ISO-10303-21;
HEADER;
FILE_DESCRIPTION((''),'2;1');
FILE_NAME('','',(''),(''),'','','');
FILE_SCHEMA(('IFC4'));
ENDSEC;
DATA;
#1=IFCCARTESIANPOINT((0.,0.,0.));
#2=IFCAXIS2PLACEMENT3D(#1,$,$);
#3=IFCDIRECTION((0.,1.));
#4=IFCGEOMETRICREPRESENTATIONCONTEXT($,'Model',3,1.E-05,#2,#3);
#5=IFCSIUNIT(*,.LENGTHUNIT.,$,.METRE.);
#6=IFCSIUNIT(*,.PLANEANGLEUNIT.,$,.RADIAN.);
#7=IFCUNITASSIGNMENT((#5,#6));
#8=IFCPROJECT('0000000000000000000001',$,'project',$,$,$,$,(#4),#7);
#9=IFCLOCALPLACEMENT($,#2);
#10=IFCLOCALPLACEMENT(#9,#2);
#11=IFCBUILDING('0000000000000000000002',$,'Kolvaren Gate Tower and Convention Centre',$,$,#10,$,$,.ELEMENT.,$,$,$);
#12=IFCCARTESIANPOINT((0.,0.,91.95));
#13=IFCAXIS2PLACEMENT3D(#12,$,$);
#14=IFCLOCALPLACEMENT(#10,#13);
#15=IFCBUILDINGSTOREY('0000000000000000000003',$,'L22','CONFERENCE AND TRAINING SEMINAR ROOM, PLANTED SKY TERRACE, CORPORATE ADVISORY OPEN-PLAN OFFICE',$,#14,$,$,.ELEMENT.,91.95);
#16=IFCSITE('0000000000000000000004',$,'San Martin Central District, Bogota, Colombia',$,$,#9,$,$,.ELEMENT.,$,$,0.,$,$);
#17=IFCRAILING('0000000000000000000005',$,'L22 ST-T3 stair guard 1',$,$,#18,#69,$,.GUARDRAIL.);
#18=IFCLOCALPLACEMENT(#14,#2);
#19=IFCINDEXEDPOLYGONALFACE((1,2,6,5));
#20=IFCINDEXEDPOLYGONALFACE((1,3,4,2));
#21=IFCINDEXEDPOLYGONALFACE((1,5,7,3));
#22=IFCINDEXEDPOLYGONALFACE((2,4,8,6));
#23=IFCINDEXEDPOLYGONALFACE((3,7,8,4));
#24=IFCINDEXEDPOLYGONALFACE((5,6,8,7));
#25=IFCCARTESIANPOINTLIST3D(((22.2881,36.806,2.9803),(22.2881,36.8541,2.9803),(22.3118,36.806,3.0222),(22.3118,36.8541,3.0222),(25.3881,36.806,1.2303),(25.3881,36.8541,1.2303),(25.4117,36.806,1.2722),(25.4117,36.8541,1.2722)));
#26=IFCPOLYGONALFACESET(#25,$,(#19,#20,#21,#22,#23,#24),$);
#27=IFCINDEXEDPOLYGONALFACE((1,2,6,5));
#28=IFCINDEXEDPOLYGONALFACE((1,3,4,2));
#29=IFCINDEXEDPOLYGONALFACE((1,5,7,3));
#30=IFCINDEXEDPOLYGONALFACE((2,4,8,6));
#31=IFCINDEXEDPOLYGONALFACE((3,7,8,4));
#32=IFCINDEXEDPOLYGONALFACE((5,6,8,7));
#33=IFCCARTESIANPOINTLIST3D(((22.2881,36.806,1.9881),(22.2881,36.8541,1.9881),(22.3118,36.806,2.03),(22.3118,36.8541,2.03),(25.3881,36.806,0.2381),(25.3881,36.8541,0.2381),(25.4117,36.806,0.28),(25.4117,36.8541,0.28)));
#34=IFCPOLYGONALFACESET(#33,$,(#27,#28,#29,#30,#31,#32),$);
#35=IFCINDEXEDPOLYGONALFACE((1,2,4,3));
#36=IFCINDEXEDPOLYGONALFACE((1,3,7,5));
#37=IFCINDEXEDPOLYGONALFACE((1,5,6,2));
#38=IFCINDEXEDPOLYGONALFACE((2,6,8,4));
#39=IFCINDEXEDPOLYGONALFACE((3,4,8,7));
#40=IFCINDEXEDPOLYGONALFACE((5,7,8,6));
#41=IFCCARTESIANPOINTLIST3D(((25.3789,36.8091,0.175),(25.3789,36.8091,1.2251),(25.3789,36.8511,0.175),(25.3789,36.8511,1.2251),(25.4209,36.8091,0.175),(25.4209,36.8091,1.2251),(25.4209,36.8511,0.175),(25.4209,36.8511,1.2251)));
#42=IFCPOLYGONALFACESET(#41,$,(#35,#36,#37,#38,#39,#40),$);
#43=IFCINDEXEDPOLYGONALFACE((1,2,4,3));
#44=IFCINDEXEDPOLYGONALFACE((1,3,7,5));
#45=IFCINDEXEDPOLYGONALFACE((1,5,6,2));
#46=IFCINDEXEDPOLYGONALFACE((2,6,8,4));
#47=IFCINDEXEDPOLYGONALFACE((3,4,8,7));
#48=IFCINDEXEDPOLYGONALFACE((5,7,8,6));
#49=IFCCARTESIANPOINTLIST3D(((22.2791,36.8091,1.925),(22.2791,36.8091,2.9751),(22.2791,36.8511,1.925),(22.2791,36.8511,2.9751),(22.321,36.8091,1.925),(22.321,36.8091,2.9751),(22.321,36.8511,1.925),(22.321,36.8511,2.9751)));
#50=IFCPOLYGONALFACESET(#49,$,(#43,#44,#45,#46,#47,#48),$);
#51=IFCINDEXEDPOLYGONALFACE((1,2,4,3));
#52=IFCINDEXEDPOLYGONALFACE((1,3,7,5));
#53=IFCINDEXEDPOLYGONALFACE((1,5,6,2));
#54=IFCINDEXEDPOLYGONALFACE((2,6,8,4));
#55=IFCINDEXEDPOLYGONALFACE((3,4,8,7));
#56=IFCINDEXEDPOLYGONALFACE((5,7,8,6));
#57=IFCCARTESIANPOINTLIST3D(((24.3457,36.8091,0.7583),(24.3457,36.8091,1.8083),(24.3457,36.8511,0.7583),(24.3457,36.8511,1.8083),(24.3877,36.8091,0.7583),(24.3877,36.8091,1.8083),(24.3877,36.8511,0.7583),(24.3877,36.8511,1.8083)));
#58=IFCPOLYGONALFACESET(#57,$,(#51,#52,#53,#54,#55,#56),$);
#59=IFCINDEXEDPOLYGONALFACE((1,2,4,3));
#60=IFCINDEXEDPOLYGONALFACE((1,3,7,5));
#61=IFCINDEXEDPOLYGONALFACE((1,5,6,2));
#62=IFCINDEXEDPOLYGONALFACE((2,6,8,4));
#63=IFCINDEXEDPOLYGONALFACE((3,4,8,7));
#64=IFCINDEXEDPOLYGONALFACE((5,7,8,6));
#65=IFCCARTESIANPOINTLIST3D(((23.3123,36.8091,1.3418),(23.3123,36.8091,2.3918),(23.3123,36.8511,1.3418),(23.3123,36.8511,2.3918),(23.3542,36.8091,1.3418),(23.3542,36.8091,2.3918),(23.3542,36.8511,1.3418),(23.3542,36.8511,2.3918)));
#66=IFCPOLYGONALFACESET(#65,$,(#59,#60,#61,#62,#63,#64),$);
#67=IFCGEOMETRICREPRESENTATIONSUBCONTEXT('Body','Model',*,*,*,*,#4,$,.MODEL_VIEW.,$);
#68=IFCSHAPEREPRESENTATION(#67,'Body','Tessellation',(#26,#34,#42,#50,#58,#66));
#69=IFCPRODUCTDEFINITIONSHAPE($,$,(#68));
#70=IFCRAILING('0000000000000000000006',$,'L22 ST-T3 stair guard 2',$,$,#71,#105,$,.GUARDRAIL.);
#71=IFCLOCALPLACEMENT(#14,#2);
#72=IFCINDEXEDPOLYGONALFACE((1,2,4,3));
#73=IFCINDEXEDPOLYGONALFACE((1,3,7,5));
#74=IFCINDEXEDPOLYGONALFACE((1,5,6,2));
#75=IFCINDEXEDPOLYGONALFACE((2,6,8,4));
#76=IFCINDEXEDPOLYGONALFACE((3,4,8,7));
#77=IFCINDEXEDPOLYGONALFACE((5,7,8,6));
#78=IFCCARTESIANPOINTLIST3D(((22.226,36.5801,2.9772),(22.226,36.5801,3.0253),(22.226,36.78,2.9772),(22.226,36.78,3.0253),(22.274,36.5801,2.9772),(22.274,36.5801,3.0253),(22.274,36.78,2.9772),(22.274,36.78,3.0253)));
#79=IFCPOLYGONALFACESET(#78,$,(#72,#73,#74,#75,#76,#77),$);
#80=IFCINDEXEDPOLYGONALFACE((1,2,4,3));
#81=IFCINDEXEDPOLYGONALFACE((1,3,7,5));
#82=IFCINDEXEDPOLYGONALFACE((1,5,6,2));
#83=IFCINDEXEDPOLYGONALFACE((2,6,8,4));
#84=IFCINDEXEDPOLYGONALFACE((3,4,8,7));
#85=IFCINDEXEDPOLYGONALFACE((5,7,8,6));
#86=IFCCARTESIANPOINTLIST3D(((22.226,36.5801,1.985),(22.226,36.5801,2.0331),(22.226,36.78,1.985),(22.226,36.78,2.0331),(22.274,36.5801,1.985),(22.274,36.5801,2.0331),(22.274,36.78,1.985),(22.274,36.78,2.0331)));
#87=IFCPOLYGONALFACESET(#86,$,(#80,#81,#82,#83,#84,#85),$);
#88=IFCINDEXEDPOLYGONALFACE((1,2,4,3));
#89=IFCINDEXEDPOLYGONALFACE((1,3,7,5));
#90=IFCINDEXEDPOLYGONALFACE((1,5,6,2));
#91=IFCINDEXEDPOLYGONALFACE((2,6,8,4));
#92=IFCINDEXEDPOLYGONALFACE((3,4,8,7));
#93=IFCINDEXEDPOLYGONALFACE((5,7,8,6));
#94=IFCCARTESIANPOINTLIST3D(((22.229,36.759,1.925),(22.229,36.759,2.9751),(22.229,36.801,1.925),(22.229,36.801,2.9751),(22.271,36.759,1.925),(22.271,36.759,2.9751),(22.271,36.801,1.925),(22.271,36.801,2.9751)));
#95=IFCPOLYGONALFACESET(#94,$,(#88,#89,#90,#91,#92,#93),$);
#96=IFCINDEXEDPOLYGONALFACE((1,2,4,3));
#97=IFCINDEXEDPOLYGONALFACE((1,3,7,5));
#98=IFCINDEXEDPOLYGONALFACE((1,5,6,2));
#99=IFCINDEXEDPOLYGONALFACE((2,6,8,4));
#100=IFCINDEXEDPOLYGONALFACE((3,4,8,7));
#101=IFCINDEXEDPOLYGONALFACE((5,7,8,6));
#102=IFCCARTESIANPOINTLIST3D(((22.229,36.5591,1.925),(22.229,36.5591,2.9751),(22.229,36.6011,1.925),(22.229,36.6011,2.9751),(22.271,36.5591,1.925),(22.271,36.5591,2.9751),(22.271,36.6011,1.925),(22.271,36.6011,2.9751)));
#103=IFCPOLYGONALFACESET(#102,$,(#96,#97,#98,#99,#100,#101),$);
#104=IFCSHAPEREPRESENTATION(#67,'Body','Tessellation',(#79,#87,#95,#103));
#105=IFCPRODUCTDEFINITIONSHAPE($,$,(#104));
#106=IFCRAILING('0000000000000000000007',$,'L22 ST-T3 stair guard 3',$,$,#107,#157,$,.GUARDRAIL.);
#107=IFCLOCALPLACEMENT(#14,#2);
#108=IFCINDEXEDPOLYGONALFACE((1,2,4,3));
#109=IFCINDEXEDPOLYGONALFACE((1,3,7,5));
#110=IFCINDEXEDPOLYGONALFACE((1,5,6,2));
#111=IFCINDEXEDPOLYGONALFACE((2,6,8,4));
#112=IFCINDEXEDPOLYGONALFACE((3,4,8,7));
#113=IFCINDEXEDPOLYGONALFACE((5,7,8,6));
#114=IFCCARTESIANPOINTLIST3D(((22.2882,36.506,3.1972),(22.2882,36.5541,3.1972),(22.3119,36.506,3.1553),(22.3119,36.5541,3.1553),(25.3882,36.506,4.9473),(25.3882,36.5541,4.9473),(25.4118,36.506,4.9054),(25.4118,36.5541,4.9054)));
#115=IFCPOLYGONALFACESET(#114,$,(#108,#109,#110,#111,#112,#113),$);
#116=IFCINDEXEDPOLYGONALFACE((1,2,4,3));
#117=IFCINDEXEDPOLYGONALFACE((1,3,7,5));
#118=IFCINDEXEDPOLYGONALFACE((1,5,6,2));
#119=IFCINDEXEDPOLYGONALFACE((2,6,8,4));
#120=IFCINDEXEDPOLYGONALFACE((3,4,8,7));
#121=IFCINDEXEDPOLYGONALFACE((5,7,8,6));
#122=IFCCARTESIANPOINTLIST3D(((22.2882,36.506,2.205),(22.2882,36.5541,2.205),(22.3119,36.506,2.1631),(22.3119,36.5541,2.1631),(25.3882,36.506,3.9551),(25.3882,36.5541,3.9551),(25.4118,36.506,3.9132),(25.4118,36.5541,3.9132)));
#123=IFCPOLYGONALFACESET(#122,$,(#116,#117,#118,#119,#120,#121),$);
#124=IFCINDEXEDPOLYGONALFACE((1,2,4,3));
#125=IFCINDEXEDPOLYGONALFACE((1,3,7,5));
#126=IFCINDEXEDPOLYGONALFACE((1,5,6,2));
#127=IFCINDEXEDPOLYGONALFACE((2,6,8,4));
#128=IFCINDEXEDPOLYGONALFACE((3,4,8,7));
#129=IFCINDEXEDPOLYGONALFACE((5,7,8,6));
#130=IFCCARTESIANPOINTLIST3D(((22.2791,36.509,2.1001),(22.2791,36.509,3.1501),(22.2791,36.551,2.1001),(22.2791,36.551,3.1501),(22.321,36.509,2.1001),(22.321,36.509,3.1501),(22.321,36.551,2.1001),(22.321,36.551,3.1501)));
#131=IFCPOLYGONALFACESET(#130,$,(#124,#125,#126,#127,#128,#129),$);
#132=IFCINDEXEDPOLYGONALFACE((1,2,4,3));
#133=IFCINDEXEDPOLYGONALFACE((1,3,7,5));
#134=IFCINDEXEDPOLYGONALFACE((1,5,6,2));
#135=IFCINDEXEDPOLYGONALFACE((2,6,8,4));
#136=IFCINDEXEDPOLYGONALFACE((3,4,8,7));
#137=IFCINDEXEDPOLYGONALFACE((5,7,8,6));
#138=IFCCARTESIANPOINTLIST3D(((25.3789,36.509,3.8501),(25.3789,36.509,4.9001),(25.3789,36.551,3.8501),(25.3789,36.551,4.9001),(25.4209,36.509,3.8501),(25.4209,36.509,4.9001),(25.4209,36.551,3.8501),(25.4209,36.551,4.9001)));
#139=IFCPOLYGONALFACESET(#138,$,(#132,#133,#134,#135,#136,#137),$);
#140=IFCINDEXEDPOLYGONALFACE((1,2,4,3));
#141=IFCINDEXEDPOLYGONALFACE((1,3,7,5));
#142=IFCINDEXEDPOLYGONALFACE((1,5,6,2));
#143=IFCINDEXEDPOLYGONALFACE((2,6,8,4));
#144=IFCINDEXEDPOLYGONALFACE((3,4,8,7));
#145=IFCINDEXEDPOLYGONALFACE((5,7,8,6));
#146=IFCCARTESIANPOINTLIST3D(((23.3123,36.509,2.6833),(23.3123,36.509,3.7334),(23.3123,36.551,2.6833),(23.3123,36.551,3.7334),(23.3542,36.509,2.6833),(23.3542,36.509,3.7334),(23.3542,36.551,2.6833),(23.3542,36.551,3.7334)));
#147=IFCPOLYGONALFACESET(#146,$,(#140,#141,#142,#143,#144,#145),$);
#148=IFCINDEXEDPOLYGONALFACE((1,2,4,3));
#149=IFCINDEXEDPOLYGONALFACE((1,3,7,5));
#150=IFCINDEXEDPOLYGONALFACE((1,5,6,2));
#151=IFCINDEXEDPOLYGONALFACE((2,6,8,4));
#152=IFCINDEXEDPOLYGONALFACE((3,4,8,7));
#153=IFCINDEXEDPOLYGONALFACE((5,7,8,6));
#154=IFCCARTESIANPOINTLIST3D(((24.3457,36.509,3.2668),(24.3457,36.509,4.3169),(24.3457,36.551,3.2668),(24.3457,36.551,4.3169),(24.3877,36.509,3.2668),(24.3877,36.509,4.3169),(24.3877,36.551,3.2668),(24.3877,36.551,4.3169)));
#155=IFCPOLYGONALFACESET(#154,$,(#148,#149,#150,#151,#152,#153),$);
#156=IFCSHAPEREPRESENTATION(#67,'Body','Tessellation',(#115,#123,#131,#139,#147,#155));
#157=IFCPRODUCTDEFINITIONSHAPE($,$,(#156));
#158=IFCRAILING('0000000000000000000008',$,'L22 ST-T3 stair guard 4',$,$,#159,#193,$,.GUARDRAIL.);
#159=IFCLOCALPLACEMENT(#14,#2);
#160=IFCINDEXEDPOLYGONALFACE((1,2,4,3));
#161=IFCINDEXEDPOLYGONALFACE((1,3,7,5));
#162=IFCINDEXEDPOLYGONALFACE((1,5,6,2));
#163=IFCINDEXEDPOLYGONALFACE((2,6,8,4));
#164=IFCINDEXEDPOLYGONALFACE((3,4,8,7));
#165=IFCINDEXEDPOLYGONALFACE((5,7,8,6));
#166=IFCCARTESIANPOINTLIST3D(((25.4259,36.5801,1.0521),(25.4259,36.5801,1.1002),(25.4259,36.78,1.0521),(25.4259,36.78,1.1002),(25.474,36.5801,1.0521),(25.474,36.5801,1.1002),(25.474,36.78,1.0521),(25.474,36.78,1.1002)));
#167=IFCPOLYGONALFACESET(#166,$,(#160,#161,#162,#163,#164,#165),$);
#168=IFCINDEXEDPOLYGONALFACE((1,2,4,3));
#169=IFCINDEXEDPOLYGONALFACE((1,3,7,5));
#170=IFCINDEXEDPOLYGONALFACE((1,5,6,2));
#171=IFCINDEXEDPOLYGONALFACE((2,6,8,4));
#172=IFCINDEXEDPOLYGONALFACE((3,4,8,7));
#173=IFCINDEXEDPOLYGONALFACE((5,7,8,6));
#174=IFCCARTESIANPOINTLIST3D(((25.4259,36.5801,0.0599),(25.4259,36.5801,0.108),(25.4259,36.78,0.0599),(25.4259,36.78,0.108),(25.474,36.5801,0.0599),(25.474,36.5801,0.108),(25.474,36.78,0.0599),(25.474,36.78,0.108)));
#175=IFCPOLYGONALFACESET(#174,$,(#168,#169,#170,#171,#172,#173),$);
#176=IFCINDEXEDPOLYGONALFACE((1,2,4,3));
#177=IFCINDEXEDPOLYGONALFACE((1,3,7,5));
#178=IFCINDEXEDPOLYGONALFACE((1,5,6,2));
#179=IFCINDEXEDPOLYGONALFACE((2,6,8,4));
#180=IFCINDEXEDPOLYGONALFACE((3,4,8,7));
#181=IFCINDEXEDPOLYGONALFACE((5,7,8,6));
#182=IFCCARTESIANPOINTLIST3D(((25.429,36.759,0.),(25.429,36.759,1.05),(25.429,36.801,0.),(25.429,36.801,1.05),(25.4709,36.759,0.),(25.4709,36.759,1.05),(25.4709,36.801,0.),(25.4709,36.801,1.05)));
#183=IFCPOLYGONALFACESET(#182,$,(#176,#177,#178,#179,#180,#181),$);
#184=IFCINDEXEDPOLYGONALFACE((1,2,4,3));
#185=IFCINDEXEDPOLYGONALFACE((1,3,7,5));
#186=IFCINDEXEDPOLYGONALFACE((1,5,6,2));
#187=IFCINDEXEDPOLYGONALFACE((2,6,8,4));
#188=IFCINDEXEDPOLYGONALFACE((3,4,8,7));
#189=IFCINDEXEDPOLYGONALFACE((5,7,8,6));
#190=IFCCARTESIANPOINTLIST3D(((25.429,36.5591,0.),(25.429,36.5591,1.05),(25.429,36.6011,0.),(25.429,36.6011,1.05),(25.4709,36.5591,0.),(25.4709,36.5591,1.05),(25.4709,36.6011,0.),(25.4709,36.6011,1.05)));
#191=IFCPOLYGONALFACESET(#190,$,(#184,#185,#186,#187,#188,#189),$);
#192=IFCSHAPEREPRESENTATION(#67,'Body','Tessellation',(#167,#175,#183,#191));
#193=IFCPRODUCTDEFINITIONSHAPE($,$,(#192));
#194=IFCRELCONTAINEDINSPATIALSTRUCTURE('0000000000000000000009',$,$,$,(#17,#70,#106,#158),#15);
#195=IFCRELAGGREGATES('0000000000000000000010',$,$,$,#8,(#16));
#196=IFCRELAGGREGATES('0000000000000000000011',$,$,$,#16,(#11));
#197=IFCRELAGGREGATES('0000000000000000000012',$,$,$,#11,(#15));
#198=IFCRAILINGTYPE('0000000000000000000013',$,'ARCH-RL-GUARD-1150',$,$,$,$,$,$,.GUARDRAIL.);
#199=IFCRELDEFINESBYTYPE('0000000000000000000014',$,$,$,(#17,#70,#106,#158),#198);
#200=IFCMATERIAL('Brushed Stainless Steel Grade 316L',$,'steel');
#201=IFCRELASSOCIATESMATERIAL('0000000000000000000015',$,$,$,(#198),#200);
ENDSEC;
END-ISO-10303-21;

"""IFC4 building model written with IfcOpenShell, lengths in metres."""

from ifc_helpers import new_model, si_unit, direction, frame, origin, origin_2d, place, context, subcontext, project, spatial, rectangle, extrude, material, type_object, element, save


model = new_model("IFC4")

# Units and contexts
model_context = context("Model", 3, precision=1e-05, world=origin(), true_north=direction((0.0, 1.0)))
body_context = subcontext(model_context, "Body", "Model", "MODEL_VIEW")
ifc_project = project(units=[si_unit("LENGTHUNIT", "METRE"), si_unit("PLANEANGLEUNIT", "RADIAN")], contexts=[model_context])

# Site, building, storey
site_placement = place(None, origin())
site = spatial("IfcSite", under=ifc_project, at=site_placement, Name="San Martin Central District, Bogota, Colombia", CompositionType="ELEMENT", RefElevation=0.0)
building_placement = place(site_placement, origin())
building = spatial("IfcBuilding", under=site, at=building_placement, Name="Kolvaren Gate Tower and Convention Centre", CompositionType="ELEMENT")
storey_placement = place(building_placement, frame((0.0, 0.0, 91.95)))
storey = spatial("IfcBuildingStorey", under=building, at=storey_placement, Name="L22", Description="CONFERENCE AND TRAINING SEMINAR ROOM, PLANTED SKY TERRACE, CORPORATE ADVISORY OPEN-PLAN OFFICE", CompositionType="ELEMENT", Elevation=91.95)

# Railings
ifc_material_1 = material(Name="Brushed Stainless Steel Grade 316L", Category="steel")
railing_type_1 = type_object("IfcRailingType", Name="ARCH-RL-GUARD-1150", PredefinedType="GUARDRAIL", material=ifc_material_1)
railing_1_placement = place(storey_placement, frame((25.3999, 36.8301, 0.175)))
element("IfcRailing", 1, at=railing_1_placement, inside=storey, type_object=railing_type_1, Name="L22 ST-T3 stair guard 1", PredefinedType="GUARDRAIL", context=body_context, shape_type="SweptSolid", body=[
    extrude(rectangle(XDim=0.0481, YDim=0.0481, at=origin_2d()), frame((0.0, 0.0, 1.0762), z_axis=(-0.870814, 0.0, 0.491612), x_axis=(0.0, -1.0, 0.0)), (0.0, 0.0, 1.0), 3.5598),
    extrude(rectangle(XDim=0.0481, YDim=0.0481, at=origin_2d()), frame((0.0, 0.0, 0.084), z_axis=(-0.870814, 0.0, 0.491612), x_axis=(0.0, -1.0, 0.0)), (0.0, 0.0, 1.0), 3.5598),
    extrude(rectangle(XDim=0.042, YDim=0.042, at=origin_2d()), origin(), (0.0, 0.0, 1.0), 1.05),
    extrude(rectangle(XDim=0.042, YDim=0.042, at=origin_2d()), frame((-3.0999, 0.0, 1.75)), (0.0, 0.0, 1.0), 1.05),
    extrude(rectangle(XDim=0.042, YDim=0.042, at=origin_2d()), frame((-1.0332, 0.0, 0.5833)), (0.0, 0.0, 1.0), 1.05),
    extrude(rectangle(XDim=0.042, YDim=0.042, at=origin_2d()), frame((-2.0667, 0.0, 1.1667)), (0.0, 0.0, 1.0), 1.05),
])
railing_2_placement = place(storey_placement, frame((22.25, 36.78, 1.925)))
element("IfcRailing", 2, at=railing_2_placement, inside=storey, type_object=railing_type_1, Name="L22 ST-T3 stair guard 2", PredefinedType="GUARDRAIL", context=body_context, shape_type="SweptSolid", body=[
    extrude(rectangle(XDim=0.0481, YDim=0.0481, at=origin_2d()), frame((0.0, 0.0, 1.0762), z_axis=(0.0, -1.0, 0.0), x_axis=(1.0, 0.0, 0.0)), (0.0, 0.0, 1.0), 0.2),
    extrude(rectangle(XDim=0.0481, YDim=0.0481, at=origin_2d()), frame((0.0, 0.0, 0.084), z_axis=(0.0, -1.0, 0.0), x_axis=(1.0, 0.0, 0.0)), (0.0, 0.0, 1.0), 0.2),
    extrude(rectangle(XDim=0.042, YDim=0.042, at=origin_2d()), origin(), (0.0, 0.0, 1.0), 1.05),
    extrude(rectangle(XDim=0.042, YDim=0.042, at=origin_2d()), frame((0.0, -0.2, 0.0)), (0.0, 0.0, 1.0), 1.05),
])
railing_3_placement = place(storey_placement, frame((22.3, 36.53, 2.1001)))
element("IfcRailing", 3, at=railing_3_placement, inside=storey, type_object=railing_type_1, Name="L22 ST-T3 stair guard 3", PredefinedType="GUARDRAIL", context=body_context, shape_type="SweptSolid", body=[
    extrude(rectangle(XDim=0.0481, YDim=0.0481, at=origin_2d()), frame((0.0, 0.0, 1.0762), z_axis=(0.870814, 0.0, 0.491612), x_axis=(0.0, 1.0, 0.0)), (0.0, 0.0, 1.0), 3.5598),
    extrude(rectangle(XDim=0.0481, YDim=0.0481, at=origin_2d()), frame((0.0, 0.0, 0.084), z_axis=(0.870814, 0.0, 0.491612), x_axis=(0.0, 1.0, 0.0)), (0.0, 0.0, 1.0), 3.5598),
    extrude(rectangle(XDim=0.042, YDim=0.042, at=origin_2d()), origin(), (0.0, 0.0, 1.0), 1.05),
    extrude(rectangle(XDim=0.042, YDim=0.042, at=origin_2d()), frame((3.0999, 0.0, 1.75)), (0.0, 0.0, 1.0), 1.05),
    extrude(rectangle(XDim=0.042, YDim=0.042, at=origin_2d()), frame((1.0332, 0.0, 0.5833)), (0.0, 0.0, 1.0), 1.05),
    extrude(rectangle(XDim=0.042, YDim=0.042, at=origin_2d()), frame((2.0667, 0.0, 1.1667)), (0.0, 0.0, 1.0), 1.05),
])
railing_4_placement = place(storey_placement, frame((25.45, 36.78, 0.0)))
element("IfcRailing", 4, at=railing_4_placement, inside=storey, type_object=railing_type_1, Name="L22 ST-T3 stair guard 4", PredefinedType="GUARDRAIL", context=body_context, shape_type="SweptSolid", body=[
    extrude(rectangle(XDim=0.0481, YDim=0.0481, at=origin_2d()), frame((0.0, 0.0, 1.0762), z_axis=(0.0, -1.0, 0.0), x_axis=(1.0, 0.0, 0.0)), (0.0, 0.0, 1.0), 0.2),
    extrude(rectangle(XDim=0.0481, YDim=0.0481, at=origin_2d()), frame((0.0, 0.0, 0.084), z_axis=(0.0, -1.0, 0.0), x_axis=(1.0, 0.0, 0.0)), (0.0, 0.0, 1.0), 0.2),
    extrude(rectangle(XDim=0.042, YDim=0.042, at=origin_2d()), origin(), (0.0, 0.0, 1.0), 1.05),
    extrude(rectangle(XDim=0.042, YDim=0.042, at=origin_2d()), frame((0.0, -0.2, 0.0)), (0.0, 0.0, 1.0), 1.05),
])

save(model, "model.ifc")
